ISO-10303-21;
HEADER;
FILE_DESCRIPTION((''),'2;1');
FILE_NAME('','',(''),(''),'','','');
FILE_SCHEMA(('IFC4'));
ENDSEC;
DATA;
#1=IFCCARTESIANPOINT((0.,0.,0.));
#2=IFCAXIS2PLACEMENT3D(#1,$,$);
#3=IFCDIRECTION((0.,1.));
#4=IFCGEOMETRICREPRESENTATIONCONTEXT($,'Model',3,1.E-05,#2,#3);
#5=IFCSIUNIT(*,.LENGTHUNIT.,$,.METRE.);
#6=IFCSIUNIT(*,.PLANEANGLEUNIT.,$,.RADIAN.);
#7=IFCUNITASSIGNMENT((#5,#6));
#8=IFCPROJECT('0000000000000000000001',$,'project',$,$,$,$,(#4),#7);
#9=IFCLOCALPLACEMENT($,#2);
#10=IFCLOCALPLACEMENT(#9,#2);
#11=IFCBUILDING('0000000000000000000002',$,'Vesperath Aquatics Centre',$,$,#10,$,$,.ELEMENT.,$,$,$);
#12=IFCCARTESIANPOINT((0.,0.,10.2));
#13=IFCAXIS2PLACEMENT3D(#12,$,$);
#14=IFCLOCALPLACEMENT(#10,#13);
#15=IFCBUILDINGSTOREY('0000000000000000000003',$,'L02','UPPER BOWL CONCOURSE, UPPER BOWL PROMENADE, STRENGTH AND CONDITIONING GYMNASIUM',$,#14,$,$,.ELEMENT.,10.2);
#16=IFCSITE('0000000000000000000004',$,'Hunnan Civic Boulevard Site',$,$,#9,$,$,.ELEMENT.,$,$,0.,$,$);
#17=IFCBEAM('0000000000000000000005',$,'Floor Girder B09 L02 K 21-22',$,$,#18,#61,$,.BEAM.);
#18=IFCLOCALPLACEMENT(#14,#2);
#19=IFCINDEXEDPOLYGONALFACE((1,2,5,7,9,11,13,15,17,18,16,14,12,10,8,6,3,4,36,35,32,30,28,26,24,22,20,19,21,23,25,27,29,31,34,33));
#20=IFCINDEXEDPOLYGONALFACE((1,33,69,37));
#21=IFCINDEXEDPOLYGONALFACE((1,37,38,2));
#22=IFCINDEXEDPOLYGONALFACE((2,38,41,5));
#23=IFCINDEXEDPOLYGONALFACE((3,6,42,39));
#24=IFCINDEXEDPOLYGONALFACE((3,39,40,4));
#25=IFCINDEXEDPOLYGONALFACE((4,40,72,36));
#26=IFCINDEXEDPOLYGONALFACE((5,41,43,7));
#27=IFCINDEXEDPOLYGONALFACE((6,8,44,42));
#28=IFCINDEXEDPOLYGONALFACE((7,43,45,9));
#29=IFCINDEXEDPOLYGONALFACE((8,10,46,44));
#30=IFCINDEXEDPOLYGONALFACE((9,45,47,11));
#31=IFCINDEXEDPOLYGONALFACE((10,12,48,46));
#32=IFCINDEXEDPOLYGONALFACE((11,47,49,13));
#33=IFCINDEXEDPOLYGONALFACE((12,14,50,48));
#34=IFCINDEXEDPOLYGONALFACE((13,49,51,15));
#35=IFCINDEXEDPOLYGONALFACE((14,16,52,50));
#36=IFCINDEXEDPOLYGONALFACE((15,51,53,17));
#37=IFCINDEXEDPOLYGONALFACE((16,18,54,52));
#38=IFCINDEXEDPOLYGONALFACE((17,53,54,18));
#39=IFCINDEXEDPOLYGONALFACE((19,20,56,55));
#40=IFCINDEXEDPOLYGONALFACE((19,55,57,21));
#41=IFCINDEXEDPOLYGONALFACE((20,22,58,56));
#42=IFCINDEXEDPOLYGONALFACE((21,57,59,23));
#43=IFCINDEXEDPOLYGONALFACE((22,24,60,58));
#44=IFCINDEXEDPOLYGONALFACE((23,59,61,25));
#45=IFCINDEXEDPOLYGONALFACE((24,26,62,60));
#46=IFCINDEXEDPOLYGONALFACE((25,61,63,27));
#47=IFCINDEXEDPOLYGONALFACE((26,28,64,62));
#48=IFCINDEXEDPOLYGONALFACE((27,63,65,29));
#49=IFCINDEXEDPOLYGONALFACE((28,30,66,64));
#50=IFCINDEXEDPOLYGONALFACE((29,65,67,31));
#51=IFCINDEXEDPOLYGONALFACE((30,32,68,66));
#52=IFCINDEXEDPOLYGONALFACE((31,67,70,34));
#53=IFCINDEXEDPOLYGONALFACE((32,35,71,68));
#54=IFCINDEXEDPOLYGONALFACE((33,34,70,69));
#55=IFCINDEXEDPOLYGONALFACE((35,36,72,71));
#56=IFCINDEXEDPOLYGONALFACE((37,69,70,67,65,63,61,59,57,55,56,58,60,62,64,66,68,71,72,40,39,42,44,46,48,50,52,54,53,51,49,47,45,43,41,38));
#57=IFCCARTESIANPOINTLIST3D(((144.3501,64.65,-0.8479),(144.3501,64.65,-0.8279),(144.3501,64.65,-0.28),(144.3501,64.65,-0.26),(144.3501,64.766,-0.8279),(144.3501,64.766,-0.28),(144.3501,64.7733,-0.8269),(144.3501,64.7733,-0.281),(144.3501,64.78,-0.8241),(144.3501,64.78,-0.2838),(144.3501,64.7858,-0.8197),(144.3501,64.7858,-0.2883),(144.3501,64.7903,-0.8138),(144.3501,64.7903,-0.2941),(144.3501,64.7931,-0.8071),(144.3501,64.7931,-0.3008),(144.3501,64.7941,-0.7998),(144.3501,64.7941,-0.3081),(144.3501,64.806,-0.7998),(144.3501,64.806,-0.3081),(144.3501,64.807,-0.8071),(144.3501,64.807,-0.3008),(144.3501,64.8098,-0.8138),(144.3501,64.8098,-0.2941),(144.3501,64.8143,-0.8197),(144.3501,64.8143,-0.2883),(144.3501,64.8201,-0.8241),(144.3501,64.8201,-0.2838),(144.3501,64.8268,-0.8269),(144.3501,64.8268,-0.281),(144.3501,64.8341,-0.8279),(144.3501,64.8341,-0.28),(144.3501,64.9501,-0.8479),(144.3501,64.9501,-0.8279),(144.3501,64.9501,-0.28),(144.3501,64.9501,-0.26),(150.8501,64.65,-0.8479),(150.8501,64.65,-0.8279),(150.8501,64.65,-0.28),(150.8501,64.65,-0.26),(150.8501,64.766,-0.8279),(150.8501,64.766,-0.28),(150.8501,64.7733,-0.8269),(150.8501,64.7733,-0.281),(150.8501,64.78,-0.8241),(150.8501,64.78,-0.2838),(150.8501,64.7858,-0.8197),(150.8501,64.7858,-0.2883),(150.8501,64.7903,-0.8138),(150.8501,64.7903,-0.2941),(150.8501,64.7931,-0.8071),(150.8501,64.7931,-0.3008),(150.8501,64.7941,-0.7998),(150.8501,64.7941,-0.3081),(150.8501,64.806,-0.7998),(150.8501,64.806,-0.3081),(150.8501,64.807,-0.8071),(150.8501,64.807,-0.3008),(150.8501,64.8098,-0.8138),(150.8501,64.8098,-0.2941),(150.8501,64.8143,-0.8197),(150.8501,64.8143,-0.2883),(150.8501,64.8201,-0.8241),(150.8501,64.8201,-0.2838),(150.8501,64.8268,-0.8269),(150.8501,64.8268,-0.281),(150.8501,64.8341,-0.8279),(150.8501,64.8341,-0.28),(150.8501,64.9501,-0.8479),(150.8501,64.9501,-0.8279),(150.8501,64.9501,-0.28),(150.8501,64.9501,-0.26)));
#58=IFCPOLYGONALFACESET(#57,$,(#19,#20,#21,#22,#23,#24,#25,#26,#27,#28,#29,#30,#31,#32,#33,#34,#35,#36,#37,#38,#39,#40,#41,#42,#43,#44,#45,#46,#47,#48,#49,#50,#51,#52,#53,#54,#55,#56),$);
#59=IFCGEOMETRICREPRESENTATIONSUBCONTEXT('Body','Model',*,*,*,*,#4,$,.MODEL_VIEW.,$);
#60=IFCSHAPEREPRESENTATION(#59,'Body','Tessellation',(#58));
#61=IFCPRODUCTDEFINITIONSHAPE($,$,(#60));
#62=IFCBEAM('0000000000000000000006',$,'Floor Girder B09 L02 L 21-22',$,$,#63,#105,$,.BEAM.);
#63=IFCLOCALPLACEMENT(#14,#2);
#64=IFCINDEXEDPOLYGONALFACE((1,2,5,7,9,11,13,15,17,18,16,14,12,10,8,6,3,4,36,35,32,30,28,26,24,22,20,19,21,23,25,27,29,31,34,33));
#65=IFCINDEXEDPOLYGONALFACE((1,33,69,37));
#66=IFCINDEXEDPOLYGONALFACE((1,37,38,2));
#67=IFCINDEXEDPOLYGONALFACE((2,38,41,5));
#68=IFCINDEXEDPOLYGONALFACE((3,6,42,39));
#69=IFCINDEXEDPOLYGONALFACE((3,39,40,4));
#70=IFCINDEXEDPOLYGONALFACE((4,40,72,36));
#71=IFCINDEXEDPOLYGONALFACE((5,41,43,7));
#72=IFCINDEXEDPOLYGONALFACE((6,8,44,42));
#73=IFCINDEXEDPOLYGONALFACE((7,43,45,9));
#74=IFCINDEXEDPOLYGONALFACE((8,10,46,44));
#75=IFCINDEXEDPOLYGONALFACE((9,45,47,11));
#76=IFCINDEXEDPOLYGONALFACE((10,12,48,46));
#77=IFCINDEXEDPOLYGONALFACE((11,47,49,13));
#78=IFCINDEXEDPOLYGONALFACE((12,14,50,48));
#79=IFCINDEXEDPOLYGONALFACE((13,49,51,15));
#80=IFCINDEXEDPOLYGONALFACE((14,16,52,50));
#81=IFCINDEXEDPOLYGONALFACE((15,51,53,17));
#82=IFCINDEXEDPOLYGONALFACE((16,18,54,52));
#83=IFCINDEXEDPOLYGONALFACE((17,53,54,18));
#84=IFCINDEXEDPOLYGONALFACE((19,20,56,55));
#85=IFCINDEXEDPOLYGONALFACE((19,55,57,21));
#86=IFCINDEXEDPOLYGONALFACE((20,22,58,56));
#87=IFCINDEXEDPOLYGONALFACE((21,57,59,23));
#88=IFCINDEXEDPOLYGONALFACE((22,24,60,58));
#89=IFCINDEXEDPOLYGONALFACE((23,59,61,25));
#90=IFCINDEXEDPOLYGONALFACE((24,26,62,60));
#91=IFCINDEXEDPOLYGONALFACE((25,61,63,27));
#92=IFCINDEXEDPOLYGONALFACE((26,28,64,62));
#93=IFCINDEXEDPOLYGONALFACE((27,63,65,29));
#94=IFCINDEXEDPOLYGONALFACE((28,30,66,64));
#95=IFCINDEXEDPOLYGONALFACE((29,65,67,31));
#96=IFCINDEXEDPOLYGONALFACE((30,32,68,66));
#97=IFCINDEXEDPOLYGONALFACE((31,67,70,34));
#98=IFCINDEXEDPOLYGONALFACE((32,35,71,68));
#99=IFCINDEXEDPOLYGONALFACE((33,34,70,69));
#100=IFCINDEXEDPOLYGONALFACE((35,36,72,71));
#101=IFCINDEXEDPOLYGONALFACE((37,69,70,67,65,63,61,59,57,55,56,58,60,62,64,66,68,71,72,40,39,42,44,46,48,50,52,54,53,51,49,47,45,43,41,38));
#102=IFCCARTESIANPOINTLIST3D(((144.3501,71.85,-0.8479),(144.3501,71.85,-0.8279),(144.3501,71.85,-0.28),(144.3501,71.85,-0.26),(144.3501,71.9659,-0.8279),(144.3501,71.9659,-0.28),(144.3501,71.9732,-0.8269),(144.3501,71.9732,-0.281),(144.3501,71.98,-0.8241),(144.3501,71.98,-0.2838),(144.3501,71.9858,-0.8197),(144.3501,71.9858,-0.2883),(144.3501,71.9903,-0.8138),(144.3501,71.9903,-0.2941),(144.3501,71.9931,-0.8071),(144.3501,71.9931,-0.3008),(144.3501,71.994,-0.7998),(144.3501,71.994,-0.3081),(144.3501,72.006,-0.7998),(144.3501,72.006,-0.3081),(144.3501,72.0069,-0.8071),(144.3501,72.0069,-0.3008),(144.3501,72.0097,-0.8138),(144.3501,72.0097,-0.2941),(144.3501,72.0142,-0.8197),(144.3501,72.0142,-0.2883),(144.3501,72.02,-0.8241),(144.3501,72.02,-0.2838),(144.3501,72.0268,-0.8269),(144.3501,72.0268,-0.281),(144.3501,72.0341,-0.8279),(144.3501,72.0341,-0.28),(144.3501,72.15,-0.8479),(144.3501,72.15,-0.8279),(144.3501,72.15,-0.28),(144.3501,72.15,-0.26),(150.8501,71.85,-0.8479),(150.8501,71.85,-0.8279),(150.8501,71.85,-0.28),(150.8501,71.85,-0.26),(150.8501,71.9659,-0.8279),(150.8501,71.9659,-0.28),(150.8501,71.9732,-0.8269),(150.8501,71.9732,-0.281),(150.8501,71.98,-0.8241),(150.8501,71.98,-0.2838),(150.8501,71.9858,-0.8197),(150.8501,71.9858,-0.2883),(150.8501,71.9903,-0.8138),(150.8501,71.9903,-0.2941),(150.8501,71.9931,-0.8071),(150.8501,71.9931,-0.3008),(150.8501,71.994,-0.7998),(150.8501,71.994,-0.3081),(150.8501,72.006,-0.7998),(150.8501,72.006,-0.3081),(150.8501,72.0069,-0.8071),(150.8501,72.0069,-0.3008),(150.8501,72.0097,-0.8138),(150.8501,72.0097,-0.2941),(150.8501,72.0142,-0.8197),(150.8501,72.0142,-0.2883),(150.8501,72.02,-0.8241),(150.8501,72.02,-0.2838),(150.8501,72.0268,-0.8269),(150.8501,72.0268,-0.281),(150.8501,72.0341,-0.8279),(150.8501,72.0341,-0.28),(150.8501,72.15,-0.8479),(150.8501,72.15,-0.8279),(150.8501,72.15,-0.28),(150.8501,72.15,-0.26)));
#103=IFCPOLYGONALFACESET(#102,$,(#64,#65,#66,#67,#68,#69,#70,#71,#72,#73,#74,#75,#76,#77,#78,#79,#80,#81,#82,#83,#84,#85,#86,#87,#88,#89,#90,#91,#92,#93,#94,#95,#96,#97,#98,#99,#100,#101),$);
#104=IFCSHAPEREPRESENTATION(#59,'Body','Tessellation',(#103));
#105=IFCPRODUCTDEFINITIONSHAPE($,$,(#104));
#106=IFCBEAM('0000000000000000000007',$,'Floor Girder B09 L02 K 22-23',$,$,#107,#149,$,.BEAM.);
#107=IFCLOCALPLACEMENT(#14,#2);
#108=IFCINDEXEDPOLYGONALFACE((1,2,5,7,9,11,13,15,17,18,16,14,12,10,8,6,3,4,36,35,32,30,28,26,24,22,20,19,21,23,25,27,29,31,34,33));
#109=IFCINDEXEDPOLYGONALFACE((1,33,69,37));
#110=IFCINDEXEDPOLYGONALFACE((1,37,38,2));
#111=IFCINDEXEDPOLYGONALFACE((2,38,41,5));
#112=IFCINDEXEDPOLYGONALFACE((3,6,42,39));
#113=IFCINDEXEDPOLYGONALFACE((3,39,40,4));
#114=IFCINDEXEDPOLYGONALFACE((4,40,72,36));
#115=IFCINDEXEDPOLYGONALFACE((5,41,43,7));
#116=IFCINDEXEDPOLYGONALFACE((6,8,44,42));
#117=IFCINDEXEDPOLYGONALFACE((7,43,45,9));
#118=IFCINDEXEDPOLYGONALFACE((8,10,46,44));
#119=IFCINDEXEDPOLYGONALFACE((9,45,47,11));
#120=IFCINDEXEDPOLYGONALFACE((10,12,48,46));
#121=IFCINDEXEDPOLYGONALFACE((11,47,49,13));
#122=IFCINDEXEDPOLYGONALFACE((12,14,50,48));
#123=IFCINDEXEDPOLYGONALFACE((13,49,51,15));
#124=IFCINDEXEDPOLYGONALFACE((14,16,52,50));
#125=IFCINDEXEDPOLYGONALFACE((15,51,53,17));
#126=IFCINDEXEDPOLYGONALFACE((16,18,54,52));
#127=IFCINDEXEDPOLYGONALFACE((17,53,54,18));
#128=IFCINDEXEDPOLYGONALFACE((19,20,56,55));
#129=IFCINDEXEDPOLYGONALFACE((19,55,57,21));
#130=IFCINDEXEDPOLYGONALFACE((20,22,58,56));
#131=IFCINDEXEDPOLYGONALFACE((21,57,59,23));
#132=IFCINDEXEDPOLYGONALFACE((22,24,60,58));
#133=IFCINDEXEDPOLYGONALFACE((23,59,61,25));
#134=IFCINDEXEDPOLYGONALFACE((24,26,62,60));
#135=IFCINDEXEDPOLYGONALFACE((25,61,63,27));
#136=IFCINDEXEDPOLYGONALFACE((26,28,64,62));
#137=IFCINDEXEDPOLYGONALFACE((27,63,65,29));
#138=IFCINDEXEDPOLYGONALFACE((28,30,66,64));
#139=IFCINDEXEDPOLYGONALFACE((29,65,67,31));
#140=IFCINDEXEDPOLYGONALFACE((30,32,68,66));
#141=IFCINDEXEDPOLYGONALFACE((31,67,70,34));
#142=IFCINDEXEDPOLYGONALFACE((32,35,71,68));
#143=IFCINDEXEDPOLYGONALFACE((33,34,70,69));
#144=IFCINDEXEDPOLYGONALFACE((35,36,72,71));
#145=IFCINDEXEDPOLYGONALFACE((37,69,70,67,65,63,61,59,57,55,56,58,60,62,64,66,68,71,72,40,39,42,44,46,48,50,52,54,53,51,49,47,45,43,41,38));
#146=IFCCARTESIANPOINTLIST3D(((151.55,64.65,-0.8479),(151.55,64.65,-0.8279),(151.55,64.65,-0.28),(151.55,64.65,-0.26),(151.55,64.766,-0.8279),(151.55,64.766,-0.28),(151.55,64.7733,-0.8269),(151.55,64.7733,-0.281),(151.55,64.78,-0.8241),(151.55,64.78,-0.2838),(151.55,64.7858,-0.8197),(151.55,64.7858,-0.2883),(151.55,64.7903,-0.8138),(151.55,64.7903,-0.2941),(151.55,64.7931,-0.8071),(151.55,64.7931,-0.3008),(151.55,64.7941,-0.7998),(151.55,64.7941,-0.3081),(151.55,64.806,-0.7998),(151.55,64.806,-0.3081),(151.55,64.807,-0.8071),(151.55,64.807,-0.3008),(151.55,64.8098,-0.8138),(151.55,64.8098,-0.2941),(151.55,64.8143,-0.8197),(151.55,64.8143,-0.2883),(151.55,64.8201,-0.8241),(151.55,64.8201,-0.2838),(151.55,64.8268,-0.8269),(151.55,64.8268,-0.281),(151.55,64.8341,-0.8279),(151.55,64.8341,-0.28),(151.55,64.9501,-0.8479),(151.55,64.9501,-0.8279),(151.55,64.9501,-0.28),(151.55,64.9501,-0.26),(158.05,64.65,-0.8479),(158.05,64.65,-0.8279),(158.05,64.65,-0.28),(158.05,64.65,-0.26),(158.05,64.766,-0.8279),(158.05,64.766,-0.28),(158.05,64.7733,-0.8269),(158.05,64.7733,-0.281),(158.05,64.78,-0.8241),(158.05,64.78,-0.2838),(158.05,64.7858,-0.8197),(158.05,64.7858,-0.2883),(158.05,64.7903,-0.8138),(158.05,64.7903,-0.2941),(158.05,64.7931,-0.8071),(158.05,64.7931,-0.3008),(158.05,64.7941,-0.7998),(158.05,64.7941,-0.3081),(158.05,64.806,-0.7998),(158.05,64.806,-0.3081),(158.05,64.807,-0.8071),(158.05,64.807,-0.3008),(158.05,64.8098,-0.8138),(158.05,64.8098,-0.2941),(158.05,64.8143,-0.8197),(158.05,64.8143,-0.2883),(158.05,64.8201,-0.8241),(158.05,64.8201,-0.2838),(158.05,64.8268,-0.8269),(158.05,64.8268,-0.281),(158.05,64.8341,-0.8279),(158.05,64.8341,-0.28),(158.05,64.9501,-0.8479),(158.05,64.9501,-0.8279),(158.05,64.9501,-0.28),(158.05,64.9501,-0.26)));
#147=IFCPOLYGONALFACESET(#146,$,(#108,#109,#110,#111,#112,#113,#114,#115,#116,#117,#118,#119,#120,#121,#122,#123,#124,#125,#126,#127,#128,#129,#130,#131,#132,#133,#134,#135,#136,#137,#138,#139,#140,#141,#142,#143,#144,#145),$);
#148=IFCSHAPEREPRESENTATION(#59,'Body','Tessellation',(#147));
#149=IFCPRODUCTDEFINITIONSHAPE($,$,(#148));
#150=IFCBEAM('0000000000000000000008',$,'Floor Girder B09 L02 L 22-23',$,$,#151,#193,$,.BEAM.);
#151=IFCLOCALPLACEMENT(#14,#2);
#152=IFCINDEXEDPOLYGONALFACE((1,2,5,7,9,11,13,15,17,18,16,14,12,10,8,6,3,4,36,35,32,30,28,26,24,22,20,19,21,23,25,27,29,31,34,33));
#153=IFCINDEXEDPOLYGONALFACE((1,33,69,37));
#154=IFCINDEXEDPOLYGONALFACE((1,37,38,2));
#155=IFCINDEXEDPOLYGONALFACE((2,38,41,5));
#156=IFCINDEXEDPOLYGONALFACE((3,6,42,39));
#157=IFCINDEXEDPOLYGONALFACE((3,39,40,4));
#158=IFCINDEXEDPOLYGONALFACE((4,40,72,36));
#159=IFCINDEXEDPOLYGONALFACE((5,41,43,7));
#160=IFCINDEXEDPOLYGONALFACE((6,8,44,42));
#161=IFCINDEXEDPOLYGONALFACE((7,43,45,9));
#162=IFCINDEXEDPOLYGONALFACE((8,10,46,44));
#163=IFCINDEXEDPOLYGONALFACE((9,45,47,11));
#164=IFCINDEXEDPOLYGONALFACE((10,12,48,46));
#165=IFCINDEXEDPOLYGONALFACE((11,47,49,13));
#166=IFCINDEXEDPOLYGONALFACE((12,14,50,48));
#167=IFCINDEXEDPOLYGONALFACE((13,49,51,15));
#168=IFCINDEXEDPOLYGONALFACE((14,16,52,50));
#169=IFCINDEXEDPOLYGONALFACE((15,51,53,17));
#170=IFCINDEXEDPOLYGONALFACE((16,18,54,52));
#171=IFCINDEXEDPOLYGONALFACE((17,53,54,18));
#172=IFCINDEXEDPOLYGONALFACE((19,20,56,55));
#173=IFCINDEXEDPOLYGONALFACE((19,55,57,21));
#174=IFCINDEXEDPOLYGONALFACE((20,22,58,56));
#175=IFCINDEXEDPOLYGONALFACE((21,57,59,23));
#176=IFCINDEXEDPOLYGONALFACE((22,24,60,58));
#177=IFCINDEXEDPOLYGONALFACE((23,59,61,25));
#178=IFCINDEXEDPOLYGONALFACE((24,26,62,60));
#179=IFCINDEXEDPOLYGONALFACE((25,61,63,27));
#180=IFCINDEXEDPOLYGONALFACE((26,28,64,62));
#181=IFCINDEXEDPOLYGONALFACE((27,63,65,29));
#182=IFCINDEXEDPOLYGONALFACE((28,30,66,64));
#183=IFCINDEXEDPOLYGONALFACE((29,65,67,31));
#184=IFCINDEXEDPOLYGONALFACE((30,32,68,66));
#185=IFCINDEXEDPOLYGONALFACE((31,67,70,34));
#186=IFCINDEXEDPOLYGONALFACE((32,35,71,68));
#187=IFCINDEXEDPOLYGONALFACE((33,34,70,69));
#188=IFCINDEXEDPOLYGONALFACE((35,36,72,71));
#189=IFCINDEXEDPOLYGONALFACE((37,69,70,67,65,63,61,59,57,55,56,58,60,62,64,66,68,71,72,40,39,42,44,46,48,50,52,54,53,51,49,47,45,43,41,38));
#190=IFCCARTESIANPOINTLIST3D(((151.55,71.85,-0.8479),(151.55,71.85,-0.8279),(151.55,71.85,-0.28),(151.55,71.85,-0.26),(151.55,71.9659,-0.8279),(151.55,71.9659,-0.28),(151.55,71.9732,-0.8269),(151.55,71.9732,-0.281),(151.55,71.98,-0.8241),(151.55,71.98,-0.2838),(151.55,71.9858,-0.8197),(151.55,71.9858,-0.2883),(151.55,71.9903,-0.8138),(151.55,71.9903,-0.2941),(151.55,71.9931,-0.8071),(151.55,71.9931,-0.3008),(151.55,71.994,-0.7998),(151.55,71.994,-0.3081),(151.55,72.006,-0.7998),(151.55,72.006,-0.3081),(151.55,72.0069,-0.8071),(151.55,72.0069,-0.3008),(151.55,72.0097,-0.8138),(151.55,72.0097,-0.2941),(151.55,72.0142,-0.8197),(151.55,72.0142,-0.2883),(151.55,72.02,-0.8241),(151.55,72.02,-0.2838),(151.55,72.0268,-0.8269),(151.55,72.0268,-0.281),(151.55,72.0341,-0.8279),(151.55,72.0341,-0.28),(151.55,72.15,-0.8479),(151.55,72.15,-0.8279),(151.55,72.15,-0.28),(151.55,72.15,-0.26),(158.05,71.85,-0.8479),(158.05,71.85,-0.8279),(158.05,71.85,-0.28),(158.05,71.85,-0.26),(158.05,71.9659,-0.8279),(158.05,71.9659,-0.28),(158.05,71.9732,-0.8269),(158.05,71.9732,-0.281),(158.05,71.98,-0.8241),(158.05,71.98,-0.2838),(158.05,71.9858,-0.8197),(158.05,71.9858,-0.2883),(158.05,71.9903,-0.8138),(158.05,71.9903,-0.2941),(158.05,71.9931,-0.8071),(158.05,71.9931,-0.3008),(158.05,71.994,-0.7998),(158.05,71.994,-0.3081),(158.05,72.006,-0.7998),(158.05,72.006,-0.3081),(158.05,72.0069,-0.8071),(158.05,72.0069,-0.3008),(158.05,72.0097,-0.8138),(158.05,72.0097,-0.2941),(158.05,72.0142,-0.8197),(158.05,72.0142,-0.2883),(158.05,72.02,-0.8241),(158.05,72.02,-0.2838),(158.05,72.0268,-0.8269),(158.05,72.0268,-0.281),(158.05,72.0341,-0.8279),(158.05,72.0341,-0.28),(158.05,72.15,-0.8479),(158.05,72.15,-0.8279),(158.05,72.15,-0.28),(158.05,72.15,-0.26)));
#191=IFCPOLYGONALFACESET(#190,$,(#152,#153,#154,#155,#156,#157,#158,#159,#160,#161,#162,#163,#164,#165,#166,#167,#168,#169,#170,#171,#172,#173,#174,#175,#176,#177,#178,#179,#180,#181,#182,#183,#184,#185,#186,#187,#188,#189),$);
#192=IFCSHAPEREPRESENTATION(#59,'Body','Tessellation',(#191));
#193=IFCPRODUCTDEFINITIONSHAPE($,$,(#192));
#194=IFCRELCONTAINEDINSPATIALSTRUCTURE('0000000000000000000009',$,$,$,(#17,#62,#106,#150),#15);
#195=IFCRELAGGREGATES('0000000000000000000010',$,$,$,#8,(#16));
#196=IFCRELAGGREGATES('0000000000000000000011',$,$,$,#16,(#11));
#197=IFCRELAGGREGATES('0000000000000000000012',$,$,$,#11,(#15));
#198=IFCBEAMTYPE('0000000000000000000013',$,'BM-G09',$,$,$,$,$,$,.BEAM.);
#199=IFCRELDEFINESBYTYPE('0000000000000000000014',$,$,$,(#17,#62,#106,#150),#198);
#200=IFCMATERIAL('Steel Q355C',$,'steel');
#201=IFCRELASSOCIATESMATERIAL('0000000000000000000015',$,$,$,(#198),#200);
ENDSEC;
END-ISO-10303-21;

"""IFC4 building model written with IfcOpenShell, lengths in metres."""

from ifc_helpers import new_model, si_unit, direction, frame, origin, origin_2d, place, context, subcontext, project, spatial, i_section, extrude, material, material_profile, profile_set, type_object, element, save


model = new_model("IFC4")

# Units and contexts
model_context = context("Model", 3, precision=1e-05, world=origin(), true_north=direction((0.0, 1.0)))
body_context = subcontext(model_context, "Body", "Model", "MODEL_VIEW")
ifc_project = project(units=[si_unit("LENGTHUNIT", "METRE"), si_unit("PLANEANGLEUNIT", "RADIAN")], contexts=[model_context])

# Site, building, storey
site_placement = place(None, origin())
site = spatial("IfcSite", under=ifc_project, at=site_placement, Name="Hunnan Civic Boulevard Site", CompositionType="ELEMENT", RefElevation=0.0)
building_placement = place(site_placement, origin())
building = spatial("IfcBuilding", under=site, at=building_placement, Name="Vesperath Aquatics Centre", CompositionType="ELEMENT")
storey_placement = place(building_placement, frame((0.0, 0.0, 10.2)))
storey = spatial("IfcBuildingStorey", under=building, at=storey_placement, Name="L02", Description="UPPER BOWL CONCOURSE, UPPER BOWL PROMENADE, STRENGTH AND CONDITIONING GYMNASIUM", CompositionType="ELEMENT", Elevation=10.2)

# Beams
ifc_material_1 = material(Name="Steel Q355C", Category="steel")
ifc_material_profile_1 = material_profile(ifc_material_1, i_section(OverallWidth=0.3, OverallDepth=0.5879, WebThickness=0.012, FlangeThickness=0.02, FilletRadius=0.0281, at=origin_2d()), Name="HM 588x300x12x20")
ifc_profile_set_1 = profile_set([ifc_material_profile_1], Name="Steel Q355C")
beam_type_1 = type_object("IfcBeamType", Name="BM-G09", PredefinedType="BEAM", material=ifc_profile_set_1)
for number, where, z_axis, x_axis, name in (
    (1, (144.3501, 64.8, -0.554), (1.0, 0.0, 0.0), (0.0, 1.0, 0.0), "Floor Girder B09 L02 K 21-22"),
    (2, (144.3501, 72.0, -0.554), (1.0, 0.0, 0.0), (0.0, 1.0, 0.0), "Floor Girder B09 L02 L 21-22"),
    (3, (151.55, 64.8, -0.554), (1.0, 0.0, 0.0), (0.0, 1.0, 0.0), "Floor Girder B09 L02 K 22-23"),
    (4, (151.55, 72.0, -0.554), (1.0, 0.0, 0.0), (0.0, 1.0, 0.0), "Floor Girder B09 L02 L 22-23"),
):
    element("IfcBeam", number, at=place(storey_placement, frame(where, z_axis=z_axis, x_axis=x_axis)), inside=storey, type_object=beam_type_1, Name=name, PredefinedType="BEAM", context=body_context, shape_type="SweptSolid", body=[
        extrude(i_section(OverallWidth=0.3, OverallDepth=0.5879, WebThickness=0.012, FlangeThickness=0.02, FilletRadius=0.0281, at=origin_2d()), origin(), (0.0, 0.0, 1.0), 6.5),
    ])

save(model, "model.ifc")
